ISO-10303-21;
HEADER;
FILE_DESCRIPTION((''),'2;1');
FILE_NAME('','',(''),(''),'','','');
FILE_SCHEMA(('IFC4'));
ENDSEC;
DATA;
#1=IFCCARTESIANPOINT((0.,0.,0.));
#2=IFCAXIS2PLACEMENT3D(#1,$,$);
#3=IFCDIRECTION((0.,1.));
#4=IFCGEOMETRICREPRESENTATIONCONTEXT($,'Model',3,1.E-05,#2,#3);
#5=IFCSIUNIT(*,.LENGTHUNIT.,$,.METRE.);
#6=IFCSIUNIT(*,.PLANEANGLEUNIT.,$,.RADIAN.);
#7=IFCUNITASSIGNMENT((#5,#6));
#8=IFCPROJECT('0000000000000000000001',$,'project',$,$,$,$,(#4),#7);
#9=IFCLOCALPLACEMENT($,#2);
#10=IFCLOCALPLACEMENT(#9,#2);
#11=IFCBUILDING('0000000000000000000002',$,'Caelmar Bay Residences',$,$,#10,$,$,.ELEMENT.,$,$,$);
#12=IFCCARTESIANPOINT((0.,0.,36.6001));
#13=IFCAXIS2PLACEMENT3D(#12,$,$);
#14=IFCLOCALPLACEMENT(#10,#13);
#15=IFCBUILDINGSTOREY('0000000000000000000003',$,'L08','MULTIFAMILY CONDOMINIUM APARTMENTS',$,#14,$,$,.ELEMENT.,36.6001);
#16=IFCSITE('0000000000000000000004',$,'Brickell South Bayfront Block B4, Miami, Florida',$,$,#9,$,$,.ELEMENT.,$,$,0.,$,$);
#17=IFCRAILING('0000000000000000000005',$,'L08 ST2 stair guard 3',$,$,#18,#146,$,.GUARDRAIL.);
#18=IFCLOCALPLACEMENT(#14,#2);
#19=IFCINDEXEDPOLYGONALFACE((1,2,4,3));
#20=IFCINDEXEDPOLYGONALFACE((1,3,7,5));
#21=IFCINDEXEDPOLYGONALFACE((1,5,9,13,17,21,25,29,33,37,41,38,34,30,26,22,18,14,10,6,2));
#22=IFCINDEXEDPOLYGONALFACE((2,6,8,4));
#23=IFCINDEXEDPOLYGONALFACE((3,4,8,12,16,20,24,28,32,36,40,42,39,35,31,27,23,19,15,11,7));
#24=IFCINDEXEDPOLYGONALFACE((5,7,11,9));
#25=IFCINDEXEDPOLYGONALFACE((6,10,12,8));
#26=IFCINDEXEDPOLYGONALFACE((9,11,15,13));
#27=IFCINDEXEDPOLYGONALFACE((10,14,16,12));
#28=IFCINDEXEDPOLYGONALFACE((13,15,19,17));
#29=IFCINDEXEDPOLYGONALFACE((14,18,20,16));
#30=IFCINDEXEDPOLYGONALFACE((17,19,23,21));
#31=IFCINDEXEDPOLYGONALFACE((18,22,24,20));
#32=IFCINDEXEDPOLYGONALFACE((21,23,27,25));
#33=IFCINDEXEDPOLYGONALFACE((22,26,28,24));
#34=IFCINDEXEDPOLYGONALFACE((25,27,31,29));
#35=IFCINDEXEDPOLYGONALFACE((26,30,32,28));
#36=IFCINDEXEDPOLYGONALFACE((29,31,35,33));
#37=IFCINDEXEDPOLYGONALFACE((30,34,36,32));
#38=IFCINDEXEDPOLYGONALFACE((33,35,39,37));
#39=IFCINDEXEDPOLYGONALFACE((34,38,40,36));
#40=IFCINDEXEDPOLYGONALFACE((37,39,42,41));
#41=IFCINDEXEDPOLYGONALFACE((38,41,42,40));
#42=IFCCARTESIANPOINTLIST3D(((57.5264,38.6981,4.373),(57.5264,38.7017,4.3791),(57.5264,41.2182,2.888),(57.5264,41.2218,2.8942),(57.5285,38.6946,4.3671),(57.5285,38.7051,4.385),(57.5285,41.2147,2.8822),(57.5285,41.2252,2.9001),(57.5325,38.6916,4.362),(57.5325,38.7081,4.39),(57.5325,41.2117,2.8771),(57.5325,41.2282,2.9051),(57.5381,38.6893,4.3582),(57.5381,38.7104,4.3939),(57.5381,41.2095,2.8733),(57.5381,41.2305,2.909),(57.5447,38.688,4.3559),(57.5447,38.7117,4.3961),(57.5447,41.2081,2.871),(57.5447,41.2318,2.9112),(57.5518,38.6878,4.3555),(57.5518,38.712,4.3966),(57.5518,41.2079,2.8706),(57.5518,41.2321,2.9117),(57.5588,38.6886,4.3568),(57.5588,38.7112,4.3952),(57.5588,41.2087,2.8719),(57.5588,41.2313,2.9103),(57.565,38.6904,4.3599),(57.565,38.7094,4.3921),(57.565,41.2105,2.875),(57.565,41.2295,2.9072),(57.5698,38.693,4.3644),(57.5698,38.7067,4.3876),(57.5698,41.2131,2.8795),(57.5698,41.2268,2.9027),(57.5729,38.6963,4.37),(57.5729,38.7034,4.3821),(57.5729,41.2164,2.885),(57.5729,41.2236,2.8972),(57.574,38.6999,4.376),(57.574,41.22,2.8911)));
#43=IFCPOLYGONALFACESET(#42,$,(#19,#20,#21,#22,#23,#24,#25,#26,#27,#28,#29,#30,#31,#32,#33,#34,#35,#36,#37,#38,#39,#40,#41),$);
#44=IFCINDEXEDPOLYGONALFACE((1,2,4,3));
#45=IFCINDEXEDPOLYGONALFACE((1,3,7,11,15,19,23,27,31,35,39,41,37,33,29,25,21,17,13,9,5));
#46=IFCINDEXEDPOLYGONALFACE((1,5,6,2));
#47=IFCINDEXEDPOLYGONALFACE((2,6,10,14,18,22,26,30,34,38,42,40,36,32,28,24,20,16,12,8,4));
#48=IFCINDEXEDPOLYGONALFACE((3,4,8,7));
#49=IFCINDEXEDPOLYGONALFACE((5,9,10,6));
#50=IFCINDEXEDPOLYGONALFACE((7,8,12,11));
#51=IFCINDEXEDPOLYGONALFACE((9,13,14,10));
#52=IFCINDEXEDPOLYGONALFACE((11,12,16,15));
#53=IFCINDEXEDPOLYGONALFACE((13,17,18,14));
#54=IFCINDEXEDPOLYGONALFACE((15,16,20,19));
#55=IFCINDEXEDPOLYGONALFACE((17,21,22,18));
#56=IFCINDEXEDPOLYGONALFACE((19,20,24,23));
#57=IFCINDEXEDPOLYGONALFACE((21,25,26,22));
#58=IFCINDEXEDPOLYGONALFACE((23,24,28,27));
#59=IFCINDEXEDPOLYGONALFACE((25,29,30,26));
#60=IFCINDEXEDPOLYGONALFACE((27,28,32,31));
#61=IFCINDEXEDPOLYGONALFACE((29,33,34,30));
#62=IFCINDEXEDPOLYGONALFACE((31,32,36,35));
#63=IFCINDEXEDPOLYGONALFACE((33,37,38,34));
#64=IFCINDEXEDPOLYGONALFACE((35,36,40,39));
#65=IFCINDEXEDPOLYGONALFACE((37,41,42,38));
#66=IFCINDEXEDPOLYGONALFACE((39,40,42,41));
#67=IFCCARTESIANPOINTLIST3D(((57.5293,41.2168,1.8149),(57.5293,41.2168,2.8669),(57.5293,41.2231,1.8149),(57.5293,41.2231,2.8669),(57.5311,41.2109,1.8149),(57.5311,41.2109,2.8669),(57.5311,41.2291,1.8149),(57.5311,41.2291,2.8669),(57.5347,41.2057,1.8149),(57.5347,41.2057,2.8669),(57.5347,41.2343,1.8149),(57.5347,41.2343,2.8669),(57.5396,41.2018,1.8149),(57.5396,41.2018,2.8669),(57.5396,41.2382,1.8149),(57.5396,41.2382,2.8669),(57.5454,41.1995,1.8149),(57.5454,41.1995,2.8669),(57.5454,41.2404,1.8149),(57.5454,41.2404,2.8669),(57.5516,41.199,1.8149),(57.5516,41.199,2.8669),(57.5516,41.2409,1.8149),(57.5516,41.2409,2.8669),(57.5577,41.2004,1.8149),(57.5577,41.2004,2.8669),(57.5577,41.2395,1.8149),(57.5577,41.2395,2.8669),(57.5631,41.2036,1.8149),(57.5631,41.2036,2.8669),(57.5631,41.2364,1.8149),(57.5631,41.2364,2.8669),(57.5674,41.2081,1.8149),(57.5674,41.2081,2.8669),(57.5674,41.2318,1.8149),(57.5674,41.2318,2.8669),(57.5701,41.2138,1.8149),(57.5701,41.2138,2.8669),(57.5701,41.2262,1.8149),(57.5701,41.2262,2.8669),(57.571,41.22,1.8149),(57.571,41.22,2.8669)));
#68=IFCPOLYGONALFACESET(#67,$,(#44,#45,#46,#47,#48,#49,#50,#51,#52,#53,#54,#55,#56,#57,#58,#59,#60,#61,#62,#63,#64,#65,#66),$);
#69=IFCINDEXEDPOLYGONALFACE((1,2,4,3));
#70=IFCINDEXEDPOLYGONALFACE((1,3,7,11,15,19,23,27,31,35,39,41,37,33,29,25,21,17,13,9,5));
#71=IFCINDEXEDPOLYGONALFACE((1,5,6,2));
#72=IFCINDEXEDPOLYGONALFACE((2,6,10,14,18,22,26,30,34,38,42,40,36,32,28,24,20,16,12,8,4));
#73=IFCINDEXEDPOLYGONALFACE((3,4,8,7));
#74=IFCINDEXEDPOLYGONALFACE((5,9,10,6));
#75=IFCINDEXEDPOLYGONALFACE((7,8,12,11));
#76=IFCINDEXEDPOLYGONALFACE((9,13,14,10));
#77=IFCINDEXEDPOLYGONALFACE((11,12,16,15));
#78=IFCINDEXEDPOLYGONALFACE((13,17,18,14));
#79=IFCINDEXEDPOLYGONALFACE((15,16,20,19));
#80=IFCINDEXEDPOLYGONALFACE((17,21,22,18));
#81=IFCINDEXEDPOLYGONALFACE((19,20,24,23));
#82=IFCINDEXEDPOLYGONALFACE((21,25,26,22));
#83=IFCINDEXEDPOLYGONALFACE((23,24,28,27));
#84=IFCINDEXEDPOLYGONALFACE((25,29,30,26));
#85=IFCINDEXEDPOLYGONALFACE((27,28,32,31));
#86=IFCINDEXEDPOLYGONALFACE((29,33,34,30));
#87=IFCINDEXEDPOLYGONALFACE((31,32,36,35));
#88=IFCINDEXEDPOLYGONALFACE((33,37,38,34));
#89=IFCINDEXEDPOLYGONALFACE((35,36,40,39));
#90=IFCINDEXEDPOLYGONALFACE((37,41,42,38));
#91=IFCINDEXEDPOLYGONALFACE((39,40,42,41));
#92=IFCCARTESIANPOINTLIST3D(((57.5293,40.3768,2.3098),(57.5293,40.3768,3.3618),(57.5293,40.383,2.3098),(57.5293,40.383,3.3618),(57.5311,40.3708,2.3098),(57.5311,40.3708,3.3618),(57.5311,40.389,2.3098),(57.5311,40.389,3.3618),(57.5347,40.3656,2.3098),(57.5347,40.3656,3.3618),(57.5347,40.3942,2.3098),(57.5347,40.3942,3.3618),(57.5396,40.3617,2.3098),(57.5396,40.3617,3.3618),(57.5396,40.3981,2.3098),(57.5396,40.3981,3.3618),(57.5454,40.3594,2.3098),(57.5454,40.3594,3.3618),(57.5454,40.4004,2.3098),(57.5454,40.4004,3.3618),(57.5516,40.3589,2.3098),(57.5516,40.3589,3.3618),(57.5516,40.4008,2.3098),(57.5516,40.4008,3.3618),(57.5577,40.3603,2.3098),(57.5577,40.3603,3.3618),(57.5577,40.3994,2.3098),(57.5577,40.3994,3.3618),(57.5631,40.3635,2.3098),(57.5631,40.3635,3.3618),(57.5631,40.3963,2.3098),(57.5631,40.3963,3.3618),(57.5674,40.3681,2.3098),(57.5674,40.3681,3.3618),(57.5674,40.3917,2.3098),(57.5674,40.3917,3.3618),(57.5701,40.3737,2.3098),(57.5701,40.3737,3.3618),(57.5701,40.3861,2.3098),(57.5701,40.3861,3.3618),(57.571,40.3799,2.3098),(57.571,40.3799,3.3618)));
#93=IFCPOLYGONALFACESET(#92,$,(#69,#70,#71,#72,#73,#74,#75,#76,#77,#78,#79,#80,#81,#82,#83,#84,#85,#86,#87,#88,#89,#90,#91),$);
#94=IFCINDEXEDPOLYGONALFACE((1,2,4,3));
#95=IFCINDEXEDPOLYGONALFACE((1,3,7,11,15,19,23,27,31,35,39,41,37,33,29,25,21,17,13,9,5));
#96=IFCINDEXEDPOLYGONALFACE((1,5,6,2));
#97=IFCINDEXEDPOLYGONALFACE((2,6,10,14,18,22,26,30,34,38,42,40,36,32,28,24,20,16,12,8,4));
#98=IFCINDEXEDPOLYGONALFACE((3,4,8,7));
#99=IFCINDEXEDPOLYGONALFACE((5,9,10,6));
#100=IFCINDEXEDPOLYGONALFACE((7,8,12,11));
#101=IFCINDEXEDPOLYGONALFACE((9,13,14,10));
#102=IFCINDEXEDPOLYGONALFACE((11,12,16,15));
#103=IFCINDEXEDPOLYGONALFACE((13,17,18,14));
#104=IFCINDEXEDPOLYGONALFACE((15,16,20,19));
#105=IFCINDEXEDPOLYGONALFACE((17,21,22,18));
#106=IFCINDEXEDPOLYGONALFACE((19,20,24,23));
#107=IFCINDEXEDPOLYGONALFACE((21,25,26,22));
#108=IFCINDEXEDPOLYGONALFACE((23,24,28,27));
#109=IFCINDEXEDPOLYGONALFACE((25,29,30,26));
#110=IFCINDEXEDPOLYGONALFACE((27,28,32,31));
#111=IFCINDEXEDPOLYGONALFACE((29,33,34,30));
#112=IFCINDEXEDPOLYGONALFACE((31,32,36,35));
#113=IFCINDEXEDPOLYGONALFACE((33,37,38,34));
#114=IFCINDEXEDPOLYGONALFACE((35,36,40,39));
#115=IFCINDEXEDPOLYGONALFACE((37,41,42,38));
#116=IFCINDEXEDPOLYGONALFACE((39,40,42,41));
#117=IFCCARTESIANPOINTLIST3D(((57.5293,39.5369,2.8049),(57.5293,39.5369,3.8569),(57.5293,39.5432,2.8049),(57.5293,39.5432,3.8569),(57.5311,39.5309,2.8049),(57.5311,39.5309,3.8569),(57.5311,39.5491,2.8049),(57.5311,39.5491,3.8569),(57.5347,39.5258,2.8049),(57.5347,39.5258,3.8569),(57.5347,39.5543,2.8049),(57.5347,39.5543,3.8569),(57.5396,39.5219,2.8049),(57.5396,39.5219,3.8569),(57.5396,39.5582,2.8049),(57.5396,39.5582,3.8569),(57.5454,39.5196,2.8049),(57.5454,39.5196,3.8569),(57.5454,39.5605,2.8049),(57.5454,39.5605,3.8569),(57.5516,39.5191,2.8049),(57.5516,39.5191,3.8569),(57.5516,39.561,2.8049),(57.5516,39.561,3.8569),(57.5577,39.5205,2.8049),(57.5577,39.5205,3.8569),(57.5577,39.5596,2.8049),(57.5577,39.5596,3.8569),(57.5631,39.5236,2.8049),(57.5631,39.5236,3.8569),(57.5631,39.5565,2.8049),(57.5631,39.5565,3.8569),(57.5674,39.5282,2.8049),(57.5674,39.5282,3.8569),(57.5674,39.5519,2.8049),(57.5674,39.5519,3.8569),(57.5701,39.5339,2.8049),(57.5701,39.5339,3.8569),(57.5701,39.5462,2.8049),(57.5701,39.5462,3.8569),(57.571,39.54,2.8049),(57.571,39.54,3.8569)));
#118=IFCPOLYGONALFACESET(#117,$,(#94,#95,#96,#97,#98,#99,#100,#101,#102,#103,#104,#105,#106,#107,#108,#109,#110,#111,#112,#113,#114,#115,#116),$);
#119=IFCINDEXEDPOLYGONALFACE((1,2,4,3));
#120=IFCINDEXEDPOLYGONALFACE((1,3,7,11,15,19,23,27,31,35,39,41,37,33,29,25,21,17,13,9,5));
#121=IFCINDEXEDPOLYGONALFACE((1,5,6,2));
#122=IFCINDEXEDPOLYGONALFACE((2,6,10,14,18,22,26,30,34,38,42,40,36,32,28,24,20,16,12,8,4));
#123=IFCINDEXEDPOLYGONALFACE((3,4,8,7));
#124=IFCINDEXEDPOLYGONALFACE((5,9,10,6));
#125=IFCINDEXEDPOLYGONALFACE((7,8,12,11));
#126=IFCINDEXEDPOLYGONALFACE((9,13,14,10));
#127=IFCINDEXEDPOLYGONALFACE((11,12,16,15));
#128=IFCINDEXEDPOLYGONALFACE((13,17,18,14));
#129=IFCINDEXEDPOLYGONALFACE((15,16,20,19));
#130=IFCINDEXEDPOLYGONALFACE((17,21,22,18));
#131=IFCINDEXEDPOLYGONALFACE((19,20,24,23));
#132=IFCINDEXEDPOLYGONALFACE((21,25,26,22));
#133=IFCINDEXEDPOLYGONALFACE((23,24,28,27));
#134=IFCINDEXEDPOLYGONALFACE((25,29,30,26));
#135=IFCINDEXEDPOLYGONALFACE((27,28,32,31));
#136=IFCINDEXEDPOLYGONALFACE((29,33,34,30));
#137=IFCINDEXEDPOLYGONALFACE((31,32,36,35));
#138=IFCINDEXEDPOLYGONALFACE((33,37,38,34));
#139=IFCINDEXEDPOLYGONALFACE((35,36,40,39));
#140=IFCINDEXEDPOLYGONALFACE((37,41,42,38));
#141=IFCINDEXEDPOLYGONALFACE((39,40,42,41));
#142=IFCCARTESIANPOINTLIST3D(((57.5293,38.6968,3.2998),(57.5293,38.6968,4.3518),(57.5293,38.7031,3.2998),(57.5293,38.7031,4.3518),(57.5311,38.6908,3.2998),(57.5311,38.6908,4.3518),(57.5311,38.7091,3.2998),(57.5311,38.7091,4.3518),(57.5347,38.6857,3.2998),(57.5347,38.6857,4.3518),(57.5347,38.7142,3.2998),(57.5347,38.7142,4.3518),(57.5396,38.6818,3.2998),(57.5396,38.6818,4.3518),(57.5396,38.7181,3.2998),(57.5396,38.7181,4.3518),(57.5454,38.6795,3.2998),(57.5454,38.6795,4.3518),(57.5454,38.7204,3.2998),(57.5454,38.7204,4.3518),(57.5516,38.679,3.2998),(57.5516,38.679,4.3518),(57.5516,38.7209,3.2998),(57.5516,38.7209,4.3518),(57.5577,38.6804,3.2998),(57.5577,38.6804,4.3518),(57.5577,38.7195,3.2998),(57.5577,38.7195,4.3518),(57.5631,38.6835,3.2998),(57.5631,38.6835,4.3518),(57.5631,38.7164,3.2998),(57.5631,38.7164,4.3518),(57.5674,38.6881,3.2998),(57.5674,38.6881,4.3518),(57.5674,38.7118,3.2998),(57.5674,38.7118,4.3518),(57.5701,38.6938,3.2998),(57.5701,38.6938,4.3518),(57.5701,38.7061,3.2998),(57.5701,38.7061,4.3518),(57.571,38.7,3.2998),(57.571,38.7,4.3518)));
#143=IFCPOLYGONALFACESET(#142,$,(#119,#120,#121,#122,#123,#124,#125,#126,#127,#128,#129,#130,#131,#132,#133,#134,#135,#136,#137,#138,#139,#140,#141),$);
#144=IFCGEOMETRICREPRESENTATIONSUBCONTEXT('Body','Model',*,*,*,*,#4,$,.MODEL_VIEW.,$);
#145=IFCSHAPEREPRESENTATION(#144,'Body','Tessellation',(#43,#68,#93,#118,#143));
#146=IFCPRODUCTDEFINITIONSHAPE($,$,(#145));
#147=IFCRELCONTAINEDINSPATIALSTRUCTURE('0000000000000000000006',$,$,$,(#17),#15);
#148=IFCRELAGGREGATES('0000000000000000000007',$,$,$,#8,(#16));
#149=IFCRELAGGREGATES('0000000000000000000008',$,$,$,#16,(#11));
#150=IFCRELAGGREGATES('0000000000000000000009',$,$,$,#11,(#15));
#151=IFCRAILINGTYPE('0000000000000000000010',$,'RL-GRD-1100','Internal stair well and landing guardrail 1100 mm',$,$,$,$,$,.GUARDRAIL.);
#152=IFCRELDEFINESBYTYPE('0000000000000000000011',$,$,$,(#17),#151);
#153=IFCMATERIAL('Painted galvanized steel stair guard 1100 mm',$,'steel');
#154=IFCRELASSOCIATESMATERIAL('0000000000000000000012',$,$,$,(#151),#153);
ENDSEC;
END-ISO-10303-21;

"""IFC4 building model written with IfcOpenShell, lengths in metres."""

from ifc_helpers import new_model, si_unit, direction, frame, origin, origin_2d, place, context, subcontext, project, spatial, circle, extrude, material, type_object, element, save


model = new_model("IFC4")

# Units and contexts
model_context = context("Model", 3, precision=1e-05, world=origin(), true_north=direction((0.0, 1.0)))
body_context = subcontext(model_context, "Body", "Model", "MODEL_VIEW")
ifc_project = project(units=[si_unit("LENGTHUNIT", "METRE"), si_unit("PLANEANGLEUNIT", "RADIAN")], contexts=[model_context])

# Site, building, storey
site_placement = place(None, origin())
site = spatial("IfcSite", under=ifc_project, at=site_placement, Name="Brickell South Bayfront Block B4, Miami, Florida", CompositionType="ELEMENT", RefElevation=0.0)
building_placement = place(site_placement, origin())
building = spatial("IfcBuilding", under=site, at=building_placement, Name="Caelmar Bay Residences", CompositionType="ELEMENT")
storey_placement = place(building_placement, frame((0.0, 0.0, 36.6001)))
storey = spatial("IfcBuildingStorey", under=building, at=storey_placement, Name="L08", Description="MULTIFAMILY CONDOMINIUM APARTMENTS", CompositionType="ELEMENT", Elevation=36.6001)

# Railing
ifc_material_1 = material(Name="Painted galvanized steel stair guard 1100 mm", Category="steel")
railing_type_1 = type_object("IfcRailingType", Name="RL-GRD-1100", Description="Internal stair well and landing guardrail 1100 mm", PredefinedType="GUARDRAIL", material=ifc_material_1)
railing_1_placement = place(storey_placement, frame((57.55, 41.22, 1.8149)))
element("IfcRailing", 1, at=railing_1_placement, inside=storey, type_object=railing_type_1, Name="L08 ST2 stair guard 3", PredefinedType="GUARDRAIL", context=body_context, shape_type="SweptSolid", body=[
    extrude(circle(Radius=0.0239, at=origin_2d()), frame((0.0, 0.0, 1.0762), z_axis=(0.0, -0.861561, 0.507655), x_axis=(1.0, 0.0, 0.0)), (0.0, 0.0, 1.0), 2.925),
    extrude(circle(Radius=0.021, at=origin_2d()), origin(), (0.0, 0.0, 1.0), 1.052),
    extrude(circle(Radius=0.021, at=origin_2d()), frame((0.0, -0.8401, 0.4949)), (0.0, 0.0, 1.0), 1.052),
    extrude(circle(Radius=0.021, at=origin_2d()), frame((0.0, -1.6799, 0.99)), (0.0, 0.0, 1.0), 1.052),
    extrude(circle(Radius=0.021, at=origin_2d()), frame((0.0, -2.52, 1.4849)), (0.0, 0.0, 1.0), 1.052),
])

save(model, "model.ifc")
